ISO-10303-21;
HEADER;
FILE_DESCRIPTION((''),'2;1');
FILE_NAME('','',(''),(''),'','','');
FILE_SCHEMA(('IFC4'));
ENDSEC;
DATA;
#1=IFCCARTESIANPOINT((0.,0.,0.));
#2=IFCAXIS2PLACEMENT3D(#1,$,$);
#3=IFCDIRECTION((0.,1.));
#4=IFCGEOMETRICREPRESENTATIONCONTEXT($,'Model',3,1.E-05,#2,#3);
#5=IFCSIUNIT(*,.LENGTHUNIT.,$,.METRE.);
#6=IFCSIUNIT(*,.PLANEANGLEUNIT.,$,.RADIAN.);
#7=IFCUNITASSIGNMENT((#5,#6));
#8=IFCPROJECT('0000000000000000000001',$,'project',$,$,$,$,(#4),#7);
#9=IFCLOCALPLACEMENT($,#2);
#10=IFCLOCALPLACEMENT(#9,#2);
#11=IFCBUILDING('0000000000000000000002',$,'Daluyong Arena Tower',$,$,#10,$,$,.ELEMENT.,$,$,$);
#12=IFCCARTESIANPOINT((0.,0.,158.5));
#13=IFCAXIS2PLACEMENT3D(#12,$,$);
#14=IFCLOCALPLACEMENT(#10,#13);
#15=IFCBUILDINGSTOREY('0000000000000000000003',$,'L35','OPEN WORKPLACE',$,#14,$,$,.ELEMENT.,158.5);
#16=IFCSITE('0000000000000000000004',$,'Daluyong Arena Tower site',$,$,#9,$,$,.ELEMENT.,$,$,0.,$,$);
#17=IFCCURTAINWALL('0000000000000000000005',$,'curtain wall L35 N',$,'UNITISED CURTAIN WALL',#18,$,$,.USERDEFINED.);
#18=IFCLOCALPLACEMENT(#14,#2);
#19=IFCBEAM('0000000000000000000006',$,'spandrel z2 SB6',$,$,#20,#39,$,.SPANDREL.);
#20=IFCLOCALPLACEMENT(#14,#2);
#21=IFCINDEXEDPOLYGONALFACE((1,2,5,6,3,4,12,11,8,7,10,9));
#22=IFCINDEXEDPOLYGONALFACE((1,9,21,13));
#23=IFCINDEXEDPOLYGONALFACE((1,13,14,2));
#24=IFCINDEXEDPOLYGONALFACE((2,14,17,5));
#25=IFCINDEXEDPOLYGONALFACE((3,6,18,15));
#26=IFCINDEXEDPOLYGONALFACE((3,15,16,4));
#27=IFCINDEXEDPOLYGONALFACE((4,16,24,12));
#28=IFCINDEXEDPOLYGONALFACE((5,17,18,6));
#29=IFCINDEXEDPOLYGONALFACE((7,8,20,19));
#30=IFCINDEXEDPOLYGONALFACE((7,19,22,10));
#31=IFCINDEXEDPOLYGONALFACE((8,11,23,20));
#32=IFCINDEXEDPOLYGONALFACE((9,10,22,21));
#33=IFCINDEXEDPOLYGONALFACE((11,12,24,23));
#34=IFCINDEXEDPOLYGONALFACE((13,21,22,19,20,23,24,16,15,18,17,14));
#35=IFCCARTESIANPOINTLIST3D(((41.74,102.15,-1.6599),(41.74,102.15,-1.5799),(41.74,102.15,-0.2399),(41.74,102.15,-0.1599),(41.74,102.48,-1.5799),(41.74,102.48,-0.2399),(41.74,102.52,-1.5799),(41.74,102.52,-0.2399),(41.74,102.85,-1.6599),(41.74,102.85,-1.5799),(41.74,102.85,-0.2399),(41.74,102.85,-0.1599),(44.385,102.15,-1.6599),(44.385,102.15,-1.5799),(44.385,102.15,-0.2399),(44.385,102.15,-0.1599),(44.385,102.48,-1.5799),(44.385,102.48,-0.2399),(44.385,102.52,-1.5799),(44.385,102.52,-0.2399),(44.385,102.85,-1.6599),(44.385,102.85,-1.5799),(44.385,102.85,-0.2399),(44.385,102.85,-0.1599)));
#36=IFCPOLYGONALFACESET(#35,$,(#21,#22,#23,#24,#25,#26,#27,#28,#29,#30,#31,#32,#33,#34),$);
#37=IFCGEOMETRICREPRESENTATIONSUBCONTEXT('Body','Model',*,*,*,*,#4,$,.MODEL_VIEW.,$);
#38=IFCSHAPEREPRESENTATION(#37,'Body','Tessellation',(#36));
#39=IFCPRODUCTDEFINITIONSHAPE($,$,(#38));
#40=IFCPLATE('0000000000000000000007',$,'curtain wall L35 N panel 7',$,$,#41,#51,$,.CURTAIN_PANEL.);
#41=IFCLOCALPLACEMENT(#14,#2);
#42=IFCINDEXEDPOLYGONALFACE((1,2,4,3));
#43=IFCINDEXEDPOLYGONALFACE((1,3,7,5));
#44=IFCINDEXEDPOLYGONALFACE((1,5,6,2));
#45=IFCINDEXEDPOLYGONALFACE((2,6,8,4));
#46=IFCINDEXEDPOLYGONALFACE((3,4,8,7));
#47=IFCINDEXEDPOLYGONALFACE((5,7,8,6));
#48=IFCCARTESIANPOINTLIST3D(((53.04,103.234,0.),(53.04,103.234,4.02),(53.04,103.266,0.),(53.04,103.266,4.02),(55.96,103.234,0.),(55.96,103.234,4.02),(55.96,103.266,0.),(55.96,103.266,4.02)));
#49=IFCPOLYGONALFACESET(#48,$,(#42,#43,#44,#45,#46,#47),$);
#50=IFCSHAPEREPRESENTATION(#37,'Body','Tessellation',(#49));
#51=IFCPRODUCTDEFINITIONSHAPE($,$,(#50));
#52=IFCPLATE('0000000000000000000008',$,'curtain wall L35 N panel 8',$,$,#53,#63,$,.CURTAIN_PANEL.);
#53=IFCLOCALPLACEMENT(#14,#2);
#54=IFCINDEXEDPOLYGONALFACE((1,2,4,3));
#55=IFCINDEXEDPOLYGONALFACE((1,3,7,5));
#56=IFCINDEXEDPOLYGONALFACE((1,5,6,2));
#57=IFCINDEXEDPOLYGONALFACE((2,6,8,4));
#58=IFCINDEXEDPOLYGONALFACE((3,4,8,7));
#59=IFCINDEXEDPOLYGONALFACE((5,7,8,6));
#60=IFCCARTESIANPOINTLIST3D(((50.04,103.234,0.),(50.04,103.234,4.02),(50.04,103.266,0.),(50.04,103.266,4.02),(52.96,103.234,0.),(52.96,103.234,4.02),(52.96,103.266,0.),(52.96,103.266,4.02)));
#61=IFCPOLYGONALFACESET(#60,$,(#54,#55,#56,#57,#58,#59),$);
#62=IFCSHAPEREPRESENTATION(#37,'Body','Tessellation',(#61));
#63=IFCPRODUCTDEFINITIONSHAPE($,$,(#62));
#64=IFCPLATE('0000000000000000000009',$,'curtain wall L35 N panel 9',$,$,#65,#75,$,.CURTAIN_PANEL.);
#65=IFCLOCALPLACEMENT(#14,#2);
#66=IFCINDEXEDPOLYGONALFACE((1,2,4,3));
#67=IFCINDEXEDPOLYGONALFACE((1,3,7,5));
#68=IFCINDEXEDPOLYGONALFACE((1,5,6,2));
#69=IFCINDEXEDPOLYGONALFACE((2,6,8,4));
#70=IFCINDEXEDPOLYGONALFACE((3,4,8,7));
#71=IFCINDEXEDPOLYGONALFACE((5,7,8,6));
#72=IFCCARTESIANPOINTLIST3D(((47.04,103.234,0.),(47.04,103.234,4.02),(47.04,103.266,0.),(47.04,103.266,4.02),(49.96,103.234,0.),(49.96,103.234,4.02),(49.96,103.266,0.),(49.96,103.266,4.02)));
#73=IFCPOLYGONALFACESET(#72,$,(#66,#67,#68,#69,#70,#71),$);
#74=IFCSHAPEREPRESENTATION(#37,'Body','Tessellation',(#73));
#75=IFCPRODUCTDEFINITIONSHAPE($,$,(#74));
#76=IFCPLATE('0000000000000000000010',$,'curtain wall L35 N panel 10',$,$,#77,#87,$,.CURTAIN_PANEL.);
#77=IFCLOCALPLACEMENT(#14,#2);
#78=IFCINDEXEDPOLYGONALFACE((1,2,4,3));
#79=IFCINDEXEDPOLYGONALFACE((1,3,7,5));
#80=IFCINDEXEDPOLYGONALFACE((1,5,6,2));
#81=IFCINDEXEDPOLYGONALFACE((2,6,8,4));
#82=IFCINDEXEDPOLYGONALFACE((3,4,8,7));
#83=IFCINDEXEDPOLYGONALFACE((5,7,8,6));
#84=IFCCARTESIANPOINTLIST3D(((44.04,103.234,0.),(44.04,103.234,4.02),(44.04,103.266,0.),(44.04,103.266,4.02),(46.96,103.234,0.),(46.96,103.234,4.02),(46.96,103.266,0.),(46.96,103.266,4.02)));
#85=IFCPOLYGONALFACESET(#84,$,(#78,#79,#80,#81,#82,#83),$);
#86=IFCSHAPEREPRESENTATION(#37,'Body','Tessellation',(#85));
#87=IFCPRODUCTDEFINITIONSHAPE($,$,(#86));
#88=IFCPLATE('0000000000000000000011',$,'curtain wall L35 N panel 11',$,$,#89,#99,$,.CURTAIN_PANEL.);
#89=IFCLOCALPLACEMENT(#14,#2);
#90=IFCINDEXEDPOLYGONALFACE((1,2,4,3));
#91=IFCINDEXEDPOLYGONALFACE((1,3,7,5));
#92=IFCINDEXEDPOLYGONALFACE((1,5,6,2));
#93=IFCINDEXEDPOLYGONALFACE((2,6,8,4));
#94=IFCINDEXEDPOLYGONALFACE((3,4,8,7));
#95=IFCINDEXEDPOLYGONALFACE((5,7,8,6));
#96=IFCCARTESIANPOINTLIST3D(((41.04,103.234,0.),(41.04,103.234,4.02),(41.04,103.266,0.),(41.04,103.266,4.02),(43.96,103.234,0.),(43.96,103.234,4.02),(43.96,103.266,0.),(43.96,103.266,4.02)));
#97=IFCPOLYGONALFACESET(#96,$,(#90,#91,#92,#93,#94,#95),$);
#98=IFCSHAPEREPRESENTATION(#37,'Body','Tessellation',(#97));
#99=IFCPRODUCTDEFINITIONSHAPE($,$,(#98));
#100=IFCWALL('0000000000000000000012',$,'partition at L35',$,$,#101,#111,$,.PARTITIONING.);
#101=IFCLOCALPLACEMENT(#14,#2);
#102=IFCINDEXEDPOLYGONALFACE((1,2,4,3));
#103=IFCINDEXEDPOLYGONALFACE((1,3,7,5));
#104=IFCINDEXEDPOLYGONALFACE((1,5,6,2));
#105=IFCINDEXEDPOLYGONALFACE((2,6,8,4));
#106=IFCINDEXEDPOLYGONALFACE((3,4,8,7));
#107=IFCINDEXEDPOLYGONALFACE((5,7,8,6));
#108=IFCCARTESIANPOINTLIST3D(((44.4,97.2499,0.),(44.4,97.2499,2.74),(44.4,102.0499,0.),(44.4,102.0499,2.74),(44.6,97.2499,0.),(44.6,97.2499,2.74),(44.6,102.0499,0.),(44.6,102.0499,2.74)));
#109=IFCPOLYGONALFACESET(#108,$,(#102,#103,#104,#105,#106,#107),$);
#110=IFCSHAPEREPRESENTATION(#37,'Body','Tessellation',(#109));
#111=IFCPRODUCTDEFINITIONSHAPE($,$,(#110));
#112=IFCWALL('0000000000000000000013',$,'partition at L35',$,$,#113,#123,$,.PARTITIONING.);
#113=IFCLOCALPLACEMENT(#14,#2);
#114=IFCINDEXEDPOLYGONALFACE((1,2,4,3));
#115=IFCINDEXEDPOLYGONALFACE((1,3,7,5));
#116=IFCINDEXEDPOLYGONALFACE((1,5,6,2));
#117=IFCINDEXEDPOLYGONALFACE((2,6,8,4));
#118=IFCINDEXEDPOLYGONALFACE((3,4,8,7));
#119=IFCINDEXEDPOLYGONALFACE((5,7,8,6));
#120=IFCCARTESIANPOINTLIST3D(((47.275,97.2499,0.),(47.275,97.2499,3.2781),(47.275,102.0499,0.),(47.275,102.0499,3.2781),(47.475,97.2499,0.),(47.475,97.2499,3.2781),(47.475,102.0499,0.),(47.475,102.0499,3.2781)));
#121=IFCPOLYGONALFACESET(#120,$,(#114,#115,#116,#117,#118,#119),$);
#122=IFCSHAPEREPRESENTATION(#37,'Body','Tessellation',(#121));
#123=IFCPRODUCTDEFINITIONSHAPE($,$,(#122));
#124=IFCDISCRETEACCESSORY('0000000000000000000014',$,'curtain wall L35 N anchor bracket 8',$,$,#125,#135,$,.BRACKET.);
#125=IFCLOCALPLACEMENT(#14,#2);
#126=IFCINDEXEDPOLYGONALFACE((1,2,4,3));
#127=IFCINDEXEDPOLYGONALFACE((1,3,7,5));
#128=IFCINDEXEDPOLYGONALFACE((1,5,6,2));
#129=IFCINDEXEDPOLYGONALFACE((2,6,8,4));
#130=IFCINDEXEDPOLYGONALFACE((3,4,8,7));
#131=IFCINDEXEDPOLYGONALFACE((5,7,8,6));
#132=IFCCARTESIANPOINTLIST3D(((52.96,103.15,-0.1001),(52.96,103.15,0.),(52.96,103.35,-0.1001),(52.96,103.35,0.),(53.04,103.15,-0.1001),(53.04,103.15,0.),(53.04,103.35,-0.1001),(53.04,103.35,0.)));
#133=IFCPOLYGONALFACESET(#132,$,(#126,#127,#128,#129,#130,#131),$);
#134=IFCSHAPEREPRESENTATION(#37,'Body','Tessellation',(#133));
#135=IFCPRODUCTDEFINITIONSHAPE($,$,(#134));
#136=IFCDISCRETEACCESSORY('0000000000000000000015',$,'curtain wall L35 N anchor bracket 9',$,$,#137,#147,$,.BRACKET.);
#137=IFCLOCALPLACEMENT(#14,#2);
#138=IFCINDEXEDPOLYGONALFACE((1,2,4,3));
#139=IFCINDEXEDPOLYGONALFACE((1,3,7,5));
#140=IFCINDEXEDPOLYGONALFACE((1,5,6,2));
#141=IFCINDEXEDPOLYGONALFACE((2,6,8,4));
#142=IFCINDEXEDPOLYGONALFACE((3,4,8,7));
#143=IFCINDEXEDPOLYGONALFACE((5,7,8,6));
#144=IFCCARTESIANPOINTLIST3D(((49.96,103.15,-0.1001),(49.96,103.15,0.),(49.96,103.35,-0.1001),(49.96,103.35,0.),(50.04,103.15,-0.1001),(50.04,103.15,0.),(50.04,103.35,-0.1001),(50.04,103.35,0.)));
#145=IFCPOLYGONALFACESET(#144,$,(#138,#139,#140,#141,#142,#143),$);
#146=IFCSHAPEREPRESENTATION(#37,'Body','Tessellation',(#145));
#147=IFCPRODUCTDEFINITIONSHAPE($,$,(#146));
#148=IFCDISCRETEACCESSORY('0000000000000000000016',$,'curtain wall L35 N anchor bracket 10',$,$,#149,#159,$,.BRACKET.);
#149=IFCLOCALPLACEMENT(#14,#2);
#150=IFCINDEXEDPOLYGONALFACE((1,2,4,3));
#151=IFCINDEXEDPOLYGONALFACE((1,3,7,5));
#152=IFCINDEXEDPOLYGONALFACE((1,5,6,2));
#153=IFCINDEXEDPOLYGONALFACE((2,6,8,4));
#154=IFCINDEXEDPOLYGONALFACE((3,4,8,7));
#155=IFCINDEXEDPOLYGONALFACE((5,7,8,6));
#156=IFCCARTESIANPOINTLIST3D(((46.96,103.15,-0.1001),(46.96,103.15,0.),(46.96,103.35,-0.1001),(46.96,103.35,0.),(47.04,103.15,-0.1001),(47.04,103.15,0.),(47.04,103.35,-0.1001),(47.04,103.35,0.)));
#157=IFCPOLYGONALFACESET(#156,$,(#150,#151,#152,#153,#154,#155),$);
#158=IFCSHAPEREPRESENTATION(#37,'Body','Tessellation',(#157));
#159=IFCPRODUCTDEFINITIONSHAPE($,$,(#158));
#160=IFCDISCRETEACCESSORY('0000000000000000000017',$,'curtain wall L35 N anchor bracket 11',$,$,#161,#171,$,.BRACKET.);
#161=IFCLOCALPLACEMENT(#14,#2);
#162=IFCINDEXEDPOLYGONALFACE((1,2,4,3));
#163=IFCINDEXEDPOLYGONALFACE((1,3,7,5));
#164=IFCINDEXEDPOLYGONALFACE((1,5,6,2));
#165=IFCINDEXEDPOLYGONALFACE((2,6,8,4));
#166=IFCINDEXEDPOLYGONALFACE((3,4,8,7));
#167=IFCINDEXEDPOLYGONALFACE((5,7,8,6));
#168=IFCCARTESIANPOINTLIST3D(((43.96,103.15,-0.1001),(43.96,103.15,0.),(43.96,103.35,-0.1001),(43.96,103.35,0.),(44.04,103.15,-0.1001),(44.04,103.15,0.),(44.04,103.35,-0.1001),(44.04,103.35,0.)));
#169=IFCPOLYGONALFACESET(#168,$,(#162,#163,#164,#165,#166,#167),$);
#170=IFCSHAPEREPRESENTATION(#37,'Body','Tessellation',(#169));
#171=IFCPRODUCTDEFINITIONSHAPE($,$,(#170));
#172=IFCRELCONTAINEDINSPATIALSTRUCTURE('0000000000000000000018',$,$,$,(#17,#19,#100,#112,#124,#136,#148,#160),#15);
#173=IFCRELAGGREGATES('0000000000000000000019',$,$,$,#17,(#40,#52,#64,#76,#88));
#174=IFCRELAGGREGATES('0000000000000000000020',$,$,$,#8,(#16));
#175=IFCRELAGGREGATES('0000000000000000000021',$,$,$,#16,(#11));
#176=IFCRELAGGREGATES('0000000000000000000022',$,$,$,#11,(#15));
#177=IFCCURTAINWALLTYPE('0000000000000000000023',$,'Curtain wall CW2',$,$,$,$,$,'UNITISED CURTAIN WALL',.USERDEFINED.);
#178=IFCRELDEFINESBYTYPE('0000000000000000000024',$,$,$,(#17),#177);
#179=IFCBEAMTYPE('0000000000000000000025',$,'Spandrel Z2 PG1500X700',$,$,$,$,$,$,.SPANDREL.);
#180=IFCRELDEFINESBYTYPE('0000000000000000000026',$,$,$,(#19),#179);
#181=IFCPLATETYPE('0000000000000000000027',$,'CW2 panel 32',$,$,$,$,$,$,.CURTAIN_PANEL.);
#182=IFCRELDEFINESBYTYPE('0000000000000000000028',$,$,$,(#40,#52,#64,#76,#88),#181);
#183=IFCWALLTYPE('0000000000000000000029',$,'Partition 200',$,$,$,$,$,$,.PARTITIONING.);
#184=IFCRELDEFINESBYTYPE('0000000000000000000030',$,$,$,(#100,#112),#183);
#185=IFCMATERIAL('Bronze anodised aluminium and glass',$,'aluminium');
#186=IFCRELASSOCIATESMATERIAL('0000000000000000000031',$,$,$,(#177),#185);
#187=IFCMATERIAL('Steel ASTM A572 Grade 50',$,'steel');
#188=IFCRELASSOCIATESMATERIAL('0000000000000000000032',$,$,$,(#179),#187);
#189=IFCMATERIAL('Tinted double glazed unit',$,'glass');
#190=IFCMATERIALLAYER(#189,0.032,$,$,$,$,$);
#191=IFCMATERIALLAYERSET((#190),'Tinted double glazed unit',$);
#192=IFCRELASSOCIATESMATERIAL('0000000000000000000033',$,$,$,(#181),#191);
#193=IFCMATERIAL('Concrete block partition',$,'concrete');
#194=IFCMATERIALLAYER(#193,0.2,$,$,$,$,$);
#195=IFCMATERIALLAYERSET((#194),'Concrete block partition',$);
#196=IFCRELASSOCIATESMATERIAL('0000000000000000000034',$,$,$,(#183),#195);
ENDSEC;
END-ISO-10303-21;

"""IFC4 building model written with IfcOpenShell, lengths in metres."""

from ifc_helpers import new_model, si_unit, direction, frame, frame_2d, origin, origin_2d, place, context, subcontext, project, spatial, rectangle, i_section, extrude, material, layer, layer_set, material_profile, profile_set, type_object, element, aggregate, save


model = new_model("IFC4")

# Units and contexts
model_context = context("Model", 3, precision=1e-05, world=origin(), true_north=direction((0.0, 1.0)))
body_context = subcontext(model_context, "Body", "Model", "MODEL_VIEW")
ifc_project = project(units=[si_unit("LENGTHUNIT", "METRE"), si_unit("PLANEANGLEUNIT", "RADIAN")], contexts=[model_context])

# Site, building, storey
site_placement = place(None, origin())
site = spatial("IfcSite", under=ifc_project, at=site_placement, Name="Daluyong Arena Tower site", CompositionType="ELEMENT", RefElevation=0.0)
building_placement = place(site_placement, origin())
building = spatial("IfcBuilding", under=site, at=building_placement, Name="Daluyong Arena Tower", CompositionType="ELEMENT")
storey_placement = place(building_placement, frame((0.0, 0.0, 158.5)))
storey = spatial("IfcBuildingStorey", under=building, at=storey_placement, Name="L35", Description="OPEN WORKPLACE", CompositionType="ELEMENT", Elevation=158.5)

# Curtain wall
ifc_material_1 = material(Name="Bronze anodised aluminium and glass", Category="aluminium")
curtain_wall_type = type_object("IfcCurtainWallType", Name="Curtain wall CW2", ElementType="UNITISED CURTAIN WALL", PredefinedType="USERDEFINED", material=ifc_material_1)
curtain_wall_placement = place(storey_placement, origin())
curtain_wall = element("IfcCurtainWall", 1, at=curtain_wall_placement, inside=storey, type_object=curtain_wall_type, Name="curtain wall L35 N", ObjectType="UNITISED CURTAIN WALL", PredefinedType="USERDEFINED")

# Beam
ifc_material_2 = material(Name="Steel ASTM A572 Grade 50", Category="steel")
ifc_material_profile_1 = material_profile(ifc_material_2, i_section(OverallWidth=0.7, OverallDepth=1.5, WebThickness=0.04, FlangeThickness=0.08, at=origin_2d()))
ifc_profile_set_1 = profile_set([ifc_material_profile_1], Name="Steel ASTM A572 Grade 50")
beam_type_1 = type_object("IfcBeamType", Name="Spandrel Z2 PG1500X700", PredefinedType="SPANDREL", material=ifc_profile_set_1)
for number, where, z_axis, x_axis, name in (
    (2, (44.385, 102.5, -0.9099), (-1.0, 0.0, 0.0), (0.0, -1.0, 0.0), "spandrel z2 SB6"),
):
    element("IfcBeam", number, at=place(storey_placement, frame(where, z_axis=z_axis, x_axis=x_axis)), inside=storey, type_object=beam_type_1, Name=name, PredefinedType="SPANDREL", context=body_context, shape_type="SweptSolid", body=[
        extrude(i_section(OverallWidth=0.7, OverallDepth=1.5, WebThickness=0.04, FlangeThickness=0.08, at=origin_2d()), origin(), (0.0, 0.0, 1.0), 2.645),
    ])

# Plates
ifc_material_3 = material(Name="Tinted double glazed unit", Category="glass")
ifc_layer_1 = layer(ifc_material_3, 0.032)
ifc_layer_set_1 = layer_set([ifc_layer_1], Name="Tinted double glazed unit")
plate_type = type_object("IfcPlateType", Name="CW2 panel 32", PredefinedType="CURTAIN_PANEL", material=ifc_layer_set_1)
plate_1_placement = place(storey_placement, frame((54.5, 103.25, 0.0), z_axis=(0.0, 0.0, 1.0), x_axis=(-1.0, 0.0, 0.0)))
plate_1 = element("IfcPlate", 3, at=plate_1_placement, type_object=plate_type, Name="curtain wall L35 N panel 7", PredefinedType="CURTAIN_PANEL", context=body_context, shape_type="SweptSolid", body=[
    extrude(rectangle(XDim=2.9199, YDim=0.032, at=origin_2d()), origin(), (0.0, 0.0, 1.0), 4.02),
])
plate_2_placement = place(storey_placement, frame((51.5, 103.25, 0.0), z_axis=(0.0, 0.0, 1.0), x_axis=(-1.0, 0.0, 0.0)))
plate_2 = element("IfcPlate", 4, at=plate_2_placement, type_object=plate_type, Name="curtain wall L35 N panel 8", PredefinedType="CURTAIN_PANEL", context=body_context, shape_type="SweptSolid", body=[
    extrude(rectangle(XDim=2.9199, YDim=0.032, at=origin_2d()), origin(), (0.0, 0.0, 1.0), 4.02),
])
plate_3_placement = place(storey_placement, frame((48.5, 103.25, 0.0), z_axis=(0.0, 0.0, 1.0), x_axis=(-1.0, 0.0, 0.0)))
plate_3 = element("IfcPlate", 5, at=plate_3_placement, type_object=plate_type, Name="curtain wall L35 N panel 9", PredefinedType="CURTAIN_PANEL", context=body_context, shape_type="SweptSolid", body=[
    extrude(rectangle(XDim=2.9199, YDim=0.032, at=origin_2d()), origin(), (0.0, 0.0, 1.0), 4.02),
])
plate_4_placement = place(storey_placement, frame((45.5, 103.25, 0.0), z_axis=(0.0, 0.0, 1.0), x_axis=(-1.0, 0.0, 0.0)))
plate_4 = element("IfcPlate", 6, at=plate_4_placement, type_object=plate_type, Name="curtain wall L35 N panel 10", PredefinedType="CURTAIN_PANEL", context=body_context, shape_type="SweptSolid", body=[
    extrude(rectangle(XDim=2.9199, YDim=0.032, at=origin_2d()), origin(), (0.0, 0.0, 1.0), 4.02),
])
plate_5_placement = place(storey_placement, frame((42.5, 103.25, 0.0), z_axis=(0.0, 0.0, 1.0), x_axis=(-1.0, 0.0, 0.0)))
plate_5 = element("IfcPlate", 7, at=plate_5_placement, type_object=plate_type, Name="curtain wall L35 N panel 11", PredefinedType="CURTAIN_PANEL", context=body_context, shape_type="SweptSolid", body=[
    extrude(rectangle(XDim=2.9199, YDim=0.032, at=origin_2d()), origin(), (0.0, 0.0, 1.0), 4.02),
])
aggregate(curtain_wall, [plate_1, plate_2, plate_3, plate_4, plate_5])

# Walls
ifc_material_4 = material(Name="Concrete block partition", Category="concrete")
ifc_layer_2 = layer(ifc_material_4, 0.2)
ifc_layer_set_2 = layer_set([ifc_layer_2], Name="Concrete block partition")
wall_type_1 = type_object("IfcWallType", Name="Partition 200", PredefinedType="PARTITIONING", material=ifc_layer_set_2)
wall_1_placement = place(storey_placement, frame((44.5, 97.25, 0.0), z_axis=(0.0, 0.0, 1.0), x_axis=(0.0, 1.0, 0.0)))
element("IfcWall", 8, at=wall_1_placement, inside=storey, type_object=wall_type_1, Name="partition at L35", PredefinedType="PARTITIONING", context=body_context, shape_type="SweptSolid", body=[
    extrude(rectangle(XDim=4.8, YDim=0.2, at=frame_2d((2.3999, 0.0))), origin(), (0.0, 0.0, 1.0), 2.74),
])
wall_2_placement = place(storey_placement, frame((47.375, 97.25, 0.0), z_axis=(0.0, 0.0, 1.0), x_axis=(0.0, 1.0, 0.0)))
element("IfcWall", 9, at=wall_2_placement, inside=storey, type_object=wall_type_1, Name="partition at L35", PredefinedType="PARTITIONING", context=body_context, shape_type="SweptSolid", body=[
    extrude(rectangle(XDim=4.8, YDim=0.2, at=frame_2d((2.3999, 0.0))), origin(), (0.0, 0.0, 1.0), 3.2781),
])

# Discrete accessories
for number, where, z_axis, x_axis, name in (
    (10, (53.0, 103.25, -0.1001), (0.0, 0.0, 1.0), (-1.0, 0.0, 0.0), "curtain wall L35 N anchor bracket 8"),
    (11, (50.0, 103.25, -0.1001), (0.0, 0.0, 1.0), (-1.0, 0.0, 0.0), "curtain wall L35 N anchor bracket 9"),
    (12, (47.0, 103.25, -0.1001), (0.0, 0.0, 1.0), (-1.0, 0.0, 0.0), "curtain wall L35 N anchor bracket 10"),
    (13, (44.0, 103.25, -0.1001), (0.0, 0.0, 1.0), (-1.0, 0.0, 0.0), "curtain wall L35 N anchor bracket 11"),
):
    element("IfcDiscreteAccessory", number, at=place(storey_placement, frame(where, z_axis=z_axis, x_axis=x_axis)), inside=storey, Name=name, PredefinedType="BRACKET", context=body_context, shape_type="SweptSolid", body=[
        extrude(rectangle(XDim=0.0801, YDim=0.2, at=origin_2d()), origin(), (0.0, 0.0, 1.0), 0.1001),
    ])

save(model, "model.ifc")
